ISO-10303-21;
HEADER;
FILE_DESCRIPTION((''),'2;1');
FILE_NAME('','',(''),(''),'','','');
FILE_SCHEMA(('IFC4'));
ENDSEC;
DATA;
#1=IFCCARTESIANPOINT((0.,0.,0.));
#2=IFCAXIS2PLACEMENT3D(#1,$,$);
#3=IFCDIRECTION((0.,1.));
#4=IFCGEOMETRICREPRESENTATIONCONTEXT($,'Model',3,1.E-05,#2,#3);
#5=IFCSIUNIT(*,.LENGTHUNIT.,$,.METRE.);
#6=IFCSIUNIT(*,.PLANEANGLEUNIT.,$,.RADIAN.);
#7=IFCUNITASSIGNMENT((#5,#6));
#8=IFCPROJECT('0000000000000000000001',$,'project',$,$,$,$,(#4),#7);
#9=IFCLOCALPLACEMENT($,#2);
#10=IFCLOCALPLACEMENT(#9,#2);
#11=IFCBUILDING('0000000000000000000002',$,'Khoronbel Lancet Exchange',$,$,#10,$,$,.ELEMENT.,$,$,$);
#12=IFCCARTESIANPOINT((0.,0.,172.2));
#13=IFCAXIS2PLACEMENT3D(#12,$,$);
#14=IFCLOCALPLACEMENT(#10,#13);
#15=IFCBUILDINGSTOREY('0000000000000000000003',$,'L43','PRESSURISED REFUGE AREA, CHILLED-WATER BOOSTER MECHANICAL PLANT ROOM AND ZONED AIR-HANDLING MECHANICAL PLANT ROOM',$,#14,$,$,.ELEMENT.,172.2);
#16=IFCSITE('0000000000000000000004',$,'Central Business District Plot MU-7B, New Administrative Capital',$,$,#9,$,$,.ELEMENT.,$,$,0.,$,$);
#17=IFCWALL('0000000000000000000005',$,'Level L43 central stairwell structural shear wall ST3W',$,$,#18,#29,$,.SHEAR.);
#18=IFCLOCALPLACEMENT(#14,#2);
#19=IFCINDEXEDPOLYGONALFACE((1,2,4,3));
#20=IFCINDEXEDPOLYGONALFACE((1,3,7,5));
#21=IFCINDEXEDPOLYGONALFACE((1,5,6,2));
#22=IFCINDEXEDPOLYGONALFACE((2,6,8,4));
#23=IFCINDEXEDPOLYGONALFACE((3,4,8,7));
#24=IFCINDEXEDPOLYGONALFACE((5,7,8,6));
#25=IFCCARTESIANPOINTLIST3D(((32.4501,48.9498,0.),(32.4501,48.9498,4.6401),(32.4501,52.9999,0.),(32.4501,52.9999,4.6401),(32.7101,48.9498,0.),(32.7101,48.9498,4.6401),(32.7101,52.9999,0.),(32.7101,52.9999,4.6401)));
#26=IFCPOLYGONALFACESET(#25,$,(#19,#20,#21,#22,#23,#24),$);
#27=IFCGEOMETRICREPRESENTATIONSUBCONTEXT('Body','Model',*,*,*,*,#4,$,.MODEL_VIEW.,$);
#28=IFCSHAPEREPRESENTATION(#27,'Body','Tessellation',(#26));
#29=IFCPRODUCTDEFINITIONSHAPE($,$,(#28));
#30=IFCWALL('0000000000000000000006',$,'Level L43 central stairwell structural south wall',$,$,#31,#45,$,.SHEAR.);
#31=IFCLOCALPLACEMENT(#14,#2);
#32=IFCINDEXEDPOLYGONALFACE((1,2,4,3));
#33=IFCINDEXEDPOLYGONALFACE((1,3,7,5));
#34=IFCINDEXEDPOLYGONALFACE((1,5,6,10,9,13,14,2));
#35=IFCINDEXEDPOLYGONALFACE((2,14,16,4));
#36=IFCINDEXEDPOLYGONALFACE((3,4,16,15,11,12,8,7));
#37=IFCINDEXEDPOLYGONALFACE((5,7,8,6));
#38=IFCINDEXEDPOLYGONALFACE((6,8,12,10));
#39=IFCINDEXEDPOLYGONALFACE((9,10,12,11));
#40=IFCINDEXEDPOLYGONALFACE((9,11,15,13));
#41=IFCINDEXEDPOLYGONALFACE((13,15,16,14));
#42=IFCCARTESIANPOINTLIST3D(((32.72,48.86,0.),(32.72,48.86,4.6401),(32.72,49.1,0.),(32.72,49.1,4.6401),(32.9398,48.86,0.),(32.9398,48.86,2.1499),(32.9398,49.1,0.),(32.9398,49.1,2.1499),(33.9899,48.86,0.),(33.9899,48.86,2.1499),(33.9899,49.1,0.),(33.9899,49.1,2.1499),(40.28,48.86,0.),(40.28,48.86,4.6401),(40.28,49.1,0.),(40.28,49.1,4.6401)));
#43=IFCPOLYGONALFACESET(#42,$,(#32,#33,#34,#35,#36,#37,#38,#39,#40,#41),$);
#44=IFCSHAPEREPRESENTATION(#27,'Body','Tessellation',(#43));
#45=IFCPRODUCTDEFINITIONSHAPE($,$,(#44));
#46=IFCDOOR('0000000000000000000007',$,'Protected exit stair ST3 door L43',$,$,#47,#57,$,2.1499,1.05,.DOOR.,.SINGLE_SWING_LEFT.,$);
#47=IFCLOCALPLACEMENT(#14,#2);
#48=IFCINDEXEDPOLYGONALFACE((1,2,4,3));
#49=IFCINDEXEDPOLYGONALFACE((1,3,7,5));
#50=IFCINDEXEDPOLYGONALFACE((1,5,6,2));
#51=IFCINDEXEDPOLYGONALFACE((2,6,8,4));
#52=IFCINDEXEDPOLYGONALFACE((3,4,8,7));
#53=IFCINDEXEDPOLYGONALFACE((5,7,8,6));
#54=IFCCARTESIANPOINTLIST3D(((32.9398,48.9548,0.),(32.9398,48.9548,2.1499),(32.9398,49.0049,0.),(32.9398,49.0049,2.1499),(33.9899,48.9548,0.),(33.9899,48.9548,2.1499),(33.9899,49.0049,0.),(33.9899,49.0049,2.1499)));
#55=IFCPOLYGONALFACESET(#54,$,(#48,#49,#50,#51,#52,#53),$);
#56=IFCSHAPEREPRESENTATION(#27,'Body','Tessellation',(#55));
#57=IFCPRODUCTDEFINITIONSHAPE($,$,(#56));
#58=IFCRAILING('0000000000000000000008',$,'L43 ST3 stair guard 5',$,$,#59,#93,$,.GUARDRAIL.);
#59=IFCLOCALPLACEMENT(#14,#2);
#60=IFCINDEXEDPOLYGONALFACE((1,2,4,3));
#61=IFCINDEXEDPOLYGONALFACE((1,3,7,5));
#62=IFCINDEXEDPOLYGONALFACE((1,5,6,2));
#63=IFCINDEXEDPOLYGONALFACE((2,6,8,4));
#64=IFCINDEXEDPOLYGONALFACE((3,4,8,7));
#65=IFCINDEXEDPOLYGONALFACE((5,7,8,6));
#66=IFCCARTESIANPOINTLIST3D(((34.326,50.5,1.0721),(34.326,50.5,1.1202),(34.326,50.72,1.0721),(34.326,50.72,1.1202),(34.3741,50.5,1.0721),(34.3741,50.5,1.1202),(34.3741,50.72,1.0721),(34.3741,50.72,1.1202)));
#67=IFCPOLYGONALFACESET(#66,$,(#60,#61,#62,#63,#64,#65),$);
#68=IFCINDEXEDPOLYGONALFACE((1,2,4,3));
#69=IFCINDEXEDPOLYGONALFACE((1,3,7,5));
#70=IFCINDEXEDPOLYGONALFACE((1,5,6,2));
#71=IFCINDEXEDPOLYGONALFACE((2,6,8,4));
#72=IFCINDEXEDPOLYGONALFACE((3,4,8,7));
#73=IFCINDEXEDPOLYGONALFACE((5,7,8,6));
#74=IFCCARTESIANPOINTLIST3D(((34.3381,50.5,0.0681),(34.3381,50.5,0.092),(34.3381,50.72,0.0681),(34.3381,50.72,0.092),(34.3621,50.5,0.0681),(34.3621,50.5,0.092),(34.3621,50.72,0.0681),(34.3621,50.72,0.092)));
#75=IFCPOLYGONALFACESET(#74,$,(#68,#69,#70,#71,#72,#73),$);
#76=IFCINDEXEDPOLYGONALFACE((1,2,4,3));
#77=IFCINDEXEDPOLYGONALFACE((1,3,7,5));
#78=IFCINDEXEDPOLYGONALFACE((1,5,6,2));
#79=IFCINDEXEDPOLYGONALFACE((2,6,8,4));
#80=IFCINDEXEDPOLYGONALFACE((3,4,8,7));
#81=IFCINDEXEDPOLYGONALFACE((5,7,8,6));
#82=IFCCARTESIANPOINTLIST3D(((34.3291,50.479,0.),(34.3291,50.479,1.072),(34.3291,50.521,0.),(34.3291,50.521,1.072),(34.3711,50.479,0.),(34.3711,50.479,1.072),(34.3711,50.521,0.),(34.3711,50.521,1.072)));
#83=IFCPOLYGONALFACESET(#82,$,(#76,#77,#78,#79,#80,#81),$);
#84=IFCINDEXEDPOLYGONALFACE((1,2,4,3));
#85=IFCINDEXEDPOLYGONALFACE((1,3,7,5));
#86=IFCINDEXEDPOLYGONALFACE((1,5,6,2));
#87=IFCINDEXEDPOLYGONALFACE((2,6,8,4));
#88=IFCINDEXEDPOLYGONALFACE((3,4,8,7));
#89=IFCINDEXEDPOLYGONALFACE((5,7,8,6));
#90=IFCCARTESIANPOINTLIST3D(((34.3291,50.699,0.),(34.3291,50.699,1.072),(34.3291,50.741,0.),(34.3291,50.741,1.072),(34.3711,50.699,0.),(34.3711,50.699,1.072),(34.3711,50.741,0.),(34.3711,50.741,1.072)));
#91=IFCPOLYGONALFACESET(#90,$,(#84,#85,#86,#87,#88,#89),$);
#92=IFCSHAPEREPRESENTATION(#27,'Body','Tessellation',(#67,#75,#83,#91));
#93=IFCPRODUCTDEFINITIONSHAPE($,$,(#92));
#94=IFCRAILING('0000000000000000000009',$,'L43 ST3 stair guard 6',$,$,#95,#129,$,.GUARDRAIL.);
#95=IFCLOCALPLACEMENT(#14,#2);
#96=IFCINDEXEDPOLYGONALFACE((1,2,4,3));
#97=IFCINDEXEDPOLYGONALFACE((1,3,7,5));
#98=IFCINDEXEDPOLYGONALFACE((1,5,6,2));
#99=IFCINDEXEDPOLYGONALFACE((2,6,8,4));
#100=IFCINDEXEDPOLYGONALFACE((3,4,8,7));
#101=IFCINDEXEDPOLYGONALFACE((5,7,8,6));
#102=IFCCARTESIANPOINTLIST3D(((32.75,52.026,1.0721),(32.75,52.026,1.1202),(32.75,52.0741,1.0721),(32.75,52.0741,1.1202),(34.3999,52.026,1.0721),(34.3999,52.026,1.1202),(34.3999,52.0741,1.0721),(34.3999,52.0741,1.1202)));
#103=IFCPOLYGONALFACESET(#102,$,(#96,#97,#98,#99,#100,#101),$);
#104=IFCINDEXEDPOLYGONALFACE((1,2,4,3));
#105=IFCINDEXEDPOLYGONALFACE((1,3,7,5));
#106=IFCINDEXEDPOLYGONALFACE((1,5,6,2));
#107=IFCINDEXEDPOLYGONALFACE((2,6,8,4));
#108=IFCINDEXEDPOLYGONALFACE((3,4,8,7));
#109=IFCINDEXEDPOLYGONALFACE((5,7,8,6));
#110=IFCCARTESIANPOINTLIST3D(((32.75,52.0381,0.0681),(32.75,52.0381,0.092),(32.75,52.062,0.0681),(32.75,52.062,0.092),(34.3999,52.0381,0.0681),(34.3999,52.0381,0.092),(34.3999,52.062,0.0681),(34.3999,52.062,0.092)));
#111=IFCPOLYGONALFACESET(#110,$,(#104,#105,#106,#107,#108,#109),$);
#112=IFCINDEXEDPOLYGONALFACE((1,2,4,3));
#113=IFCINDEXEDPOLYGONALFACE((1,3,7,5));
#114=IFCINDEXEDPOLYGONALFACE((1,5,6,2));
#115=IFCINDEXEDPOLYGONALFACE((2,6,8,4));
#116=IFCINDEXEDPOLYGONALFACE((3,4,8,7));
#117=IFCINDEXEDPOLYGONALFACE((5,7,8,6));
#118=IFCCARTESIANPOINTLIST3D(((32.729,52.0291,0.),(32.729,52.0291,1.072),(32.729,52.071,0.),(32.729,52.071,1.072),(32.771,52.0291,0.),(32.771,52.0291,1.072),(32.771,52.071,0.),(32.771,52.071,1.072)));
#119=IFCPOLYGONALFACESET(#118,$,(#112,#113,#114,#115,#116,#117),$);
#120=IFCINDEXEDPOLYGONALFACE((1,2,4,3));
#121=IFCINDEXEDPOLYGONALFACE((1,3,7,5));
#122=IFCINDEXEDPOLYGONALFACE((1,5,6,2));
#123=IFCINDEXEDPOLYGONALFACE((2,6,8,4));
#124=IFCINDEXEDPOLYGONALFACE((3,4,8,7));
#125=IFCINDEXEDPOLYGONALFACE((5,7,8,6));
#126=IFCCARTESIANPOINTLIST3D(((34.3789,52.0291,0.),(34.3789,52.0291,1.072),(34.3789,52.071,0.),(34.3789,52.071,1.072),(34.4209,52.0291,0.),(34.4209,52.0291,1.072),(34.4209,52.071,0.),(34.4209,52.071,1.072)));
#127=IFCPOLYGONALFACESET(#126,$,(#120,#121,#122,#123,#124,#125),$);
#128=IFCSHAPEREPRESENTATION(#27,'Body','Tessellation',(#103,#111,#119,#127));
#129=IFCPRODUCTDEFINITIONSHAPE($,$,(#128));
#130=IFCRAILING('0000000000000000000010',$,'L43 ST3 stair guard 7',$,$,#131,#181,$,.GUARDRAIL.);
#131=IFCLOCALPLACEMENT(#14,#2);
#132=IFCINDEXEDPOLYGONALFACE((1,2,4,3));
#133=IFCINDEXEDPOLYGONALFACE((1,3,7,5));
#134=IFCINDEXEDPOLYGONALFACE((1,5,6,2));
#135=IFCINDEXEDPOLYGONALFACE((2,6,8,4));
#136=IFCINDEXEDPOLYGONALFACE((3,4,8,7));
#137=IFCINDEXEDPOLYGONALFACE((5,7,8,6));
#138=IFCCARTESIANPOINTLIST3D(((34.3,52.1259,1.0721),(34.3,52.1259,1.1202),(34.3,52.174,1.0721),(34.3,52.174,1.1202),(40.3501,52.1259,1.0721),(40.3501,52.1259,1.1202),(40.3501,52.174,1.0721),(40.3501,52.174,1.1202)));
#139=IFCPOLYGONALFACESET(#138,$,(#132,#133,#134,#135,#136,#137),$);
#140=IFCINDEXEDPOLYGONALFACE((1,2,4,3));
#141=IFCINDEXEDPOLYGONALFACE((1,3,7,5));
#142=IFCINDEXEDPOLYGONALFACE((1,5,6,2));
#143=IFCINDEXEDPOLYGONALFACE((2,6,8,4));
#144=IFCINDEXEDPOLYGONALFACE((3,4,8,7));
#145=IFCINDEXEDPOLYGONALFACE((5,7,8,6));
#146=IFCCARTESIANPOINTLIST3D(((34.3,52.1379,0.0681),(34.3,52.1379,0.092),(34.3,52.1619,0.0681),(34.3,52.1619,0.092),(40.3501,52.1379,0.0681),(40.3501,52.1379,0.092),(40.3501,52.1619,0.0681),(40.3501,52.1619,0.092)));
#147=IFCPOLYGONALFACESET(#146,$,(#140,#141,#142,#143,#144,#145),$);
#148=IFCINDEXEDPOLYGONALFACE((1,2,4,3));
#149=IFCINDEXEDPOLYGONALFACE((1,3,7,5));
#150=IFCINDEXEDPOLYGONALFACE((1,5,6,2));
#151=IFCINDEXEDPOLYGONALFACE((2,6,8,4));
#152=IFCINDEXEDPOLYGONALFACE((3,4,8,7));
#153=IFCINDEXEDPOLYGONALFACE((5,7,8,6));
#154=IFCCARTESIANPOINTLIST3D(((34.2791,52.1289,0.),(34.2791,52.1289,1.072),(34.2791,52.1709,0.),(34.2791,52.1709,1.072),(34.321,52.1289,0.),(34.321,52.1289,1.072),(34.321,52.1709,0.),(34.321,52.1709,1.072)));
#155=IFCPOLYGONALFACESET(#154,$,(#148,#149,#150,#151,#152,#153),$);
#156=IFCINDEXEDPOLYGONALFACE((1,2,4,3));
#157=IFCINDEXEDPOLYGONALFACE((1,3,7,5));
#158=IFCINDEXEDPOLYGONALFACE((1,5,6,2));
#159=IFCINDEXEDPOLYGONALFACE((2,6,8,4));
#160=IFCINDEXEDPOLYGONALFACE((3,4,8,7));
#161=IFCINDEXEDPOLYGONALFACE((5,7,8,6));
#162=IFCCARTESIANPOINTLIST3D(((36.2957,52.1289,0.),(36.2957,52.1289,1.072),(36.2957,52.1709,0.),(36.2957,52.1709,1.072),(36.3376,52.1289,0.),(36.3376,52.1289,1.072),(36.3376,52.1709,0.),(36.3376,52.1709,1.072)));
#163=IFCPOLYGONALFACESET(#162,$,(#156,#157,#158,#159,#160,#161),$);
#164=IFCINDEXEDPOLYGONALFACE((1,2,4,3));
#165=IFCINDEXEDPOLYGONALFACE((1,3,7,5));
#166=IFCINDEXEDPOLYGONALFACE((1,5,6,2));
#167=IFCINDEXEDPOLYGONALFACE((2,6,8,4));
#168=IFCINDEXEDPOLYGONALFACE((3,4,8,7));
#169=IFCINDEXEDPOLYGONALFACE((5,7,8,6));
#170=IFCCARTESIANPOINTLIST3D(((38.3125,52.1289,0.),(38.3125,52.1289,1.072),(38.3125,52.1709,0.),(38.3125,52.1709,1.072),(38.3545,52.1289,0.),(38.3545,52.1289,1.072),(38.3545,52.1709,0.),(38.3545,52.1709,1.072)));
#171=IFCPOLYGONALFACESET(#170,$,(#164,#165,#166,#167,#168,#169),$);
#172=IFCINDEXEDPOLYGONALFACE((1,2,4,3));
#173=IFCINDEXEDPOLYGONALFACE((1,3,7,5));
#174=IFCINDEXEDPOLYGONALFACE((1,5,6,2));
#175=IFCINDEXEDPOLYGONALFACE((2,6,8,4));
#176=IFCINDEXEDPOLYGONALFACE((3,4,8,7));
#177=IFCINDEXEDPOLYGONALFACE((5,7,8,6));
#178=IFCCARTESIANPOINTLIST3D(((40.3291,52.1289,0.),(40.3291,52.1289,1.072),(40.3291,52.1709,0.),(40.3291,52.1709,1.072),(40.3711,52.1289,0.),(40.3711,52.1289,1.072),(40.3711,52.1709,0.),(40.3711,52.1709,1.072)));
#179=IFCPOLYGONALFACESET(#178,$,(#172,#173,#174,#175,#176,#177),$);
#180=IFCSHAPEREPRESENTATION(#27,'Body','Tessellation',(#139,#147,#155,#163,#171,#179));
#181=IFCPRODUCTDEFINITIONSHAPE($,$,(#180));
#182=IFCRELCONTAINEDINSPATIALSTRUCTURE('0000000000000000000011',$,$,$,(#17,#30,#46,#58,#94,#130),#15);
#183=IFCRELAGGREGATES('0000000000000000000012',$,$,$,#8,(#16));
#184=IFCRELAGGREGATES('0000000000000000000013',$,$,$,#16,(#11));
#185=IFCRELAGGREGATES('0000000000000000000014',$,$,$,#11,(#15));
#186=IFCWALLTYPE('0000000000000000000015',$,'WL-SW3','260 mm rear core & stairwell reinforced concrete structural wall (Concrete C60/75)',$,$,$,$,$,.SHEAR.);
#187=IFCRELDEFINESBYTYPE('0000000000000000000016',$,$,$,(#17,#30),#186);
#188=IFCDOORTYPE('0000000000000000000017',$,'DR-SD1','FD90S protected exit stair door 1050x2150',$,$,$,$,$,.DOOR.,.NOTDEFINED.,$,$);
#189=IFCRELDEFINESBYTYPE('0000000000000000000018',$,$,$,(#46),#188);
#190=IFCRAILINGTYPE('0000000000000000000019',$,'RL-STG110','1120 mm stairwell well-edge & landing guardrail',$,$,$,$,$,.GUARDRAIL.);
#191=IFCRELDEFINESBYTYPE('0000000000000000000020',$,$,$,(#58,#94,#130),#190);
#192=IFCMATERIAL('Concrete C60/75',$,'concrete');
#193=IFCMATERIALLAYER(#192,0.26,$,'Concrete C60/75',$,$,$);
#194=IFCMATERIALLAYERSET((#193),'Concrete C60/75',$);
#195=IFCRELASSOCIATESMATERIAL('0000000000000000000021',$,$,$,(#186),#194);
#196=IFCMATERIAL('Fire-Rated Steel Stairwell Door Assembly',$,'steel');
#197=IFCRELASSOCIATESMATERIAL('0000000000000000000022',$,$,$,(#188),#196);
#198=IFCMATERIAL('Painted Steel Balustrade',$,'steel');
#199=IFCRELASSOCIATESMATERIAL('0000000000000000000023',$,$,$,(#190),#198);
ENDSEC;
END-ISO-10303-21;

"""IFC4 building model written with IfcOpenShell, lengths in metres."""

from ifc_helpers import new_model, si_unit, direction, frame, frame_2d, origin, origin_2d, place, context, subcontext, project, spatial, rectangle, extrude, material, layer, layer_set, type_object, element, fill, save


model = new_model("IFC4")

# Units and contexts
model_context = context("Model", 3, precision=1e-05, world=origin(), true_north=direction((0.0, 1.0)))
body_context = subcontext(model_context, "Body", "Model", "MODEL_VIEW")
ifc_project = project(units=[si_unit("LENGTHUNIT", "METRE"), si_unit("PLANEANGLEUNIT", "RADIAN")], contexts=[model_context])

# Site, building, storey
site_placement = place(None, origin())
site = spatial("IfcSite", under=ifc_project, at=site_placement, Name="Central Business District Plot MU-7B, New Administrative Capital", CompositionType="ELEMENT", RefElevation=0.0)
building_placement = place(site_placement, origin())
building = spatial("IfcBuilding", under=site, at=building_placement, Name="Khoronbel Lancet Exchange", CompositionType="ELEMENT")
storey_placement = place(building_placement, frame((0.0, 0.0, 172.2)))
storey = spatial("IfcBuildingStorey", under=building, at=storey_placement, Name="L43", Description="PRESSURISED REFUGE AREA, CHILLED-WATER BOOSTER MECHANICAL PLANT ROOM AND ZONED AIR-HANDLING MECHANICAL PLANT ROOM", CompositionType="ELEMENT", Elevation=172.2)

# Wall
ifc_material_1 = material(Name="Concrete C60/75", Category="concrete")
ifc_layer_1 = layer(ifc_material_1, 0.26, Name="Concrete C60/75")
ifc_layer_set_1 = layer_set([ifc_layer_1], Name="Concrete C60/75")
wall_type_1 = type_object("IfcWallType", Name="WL-SW3", Description="260 mm rear core & stairwell reinforced concrete structural wall (Concrete C60/75)", PredefinedType="SHEAR", material=ifc_layer_set_1)
wall_1_placement = place(storey_placement, frame((32.5801, 48.95, 0.0), z_axis=(0.0, 0.0, 1.0), x_axis=(0.0, 1.0, 0.0)))
element("IfcWall", 1, at=wall_1_placement, inside=storey, type_object=wall_type_1, Name="Level L43 central stairwell structural shear wall ST3W", PredefinedType="SHEAR", context=body_context, shape_type="SweptSolid", body=[
    extrude(rectangle(XDim=4.05, YDim=0.26, at=frame_2d((2.0249, 0.0))), origin(), (0.0, 0.0, 1.0), 4.6401),
])

# Wall, opening, door
wall_2_placement = place(storey_placement, frame((32.72, 48.98, 0.0), z_axis=(0.0, 0.0, 1.0), x_axis=(1.0, 0.0, 0.0)))
wall_2 = element("IfcWall", 2, at=wall_2_placement, inside=storey, type_object=wall_type_1, Name="Level L43 central stairwell structural south wall", PredefinedType="SHEAR", context=body_context, shape_type="SweptSolid", body=[
    extrude(rectangle(XDim=7.5601, YDim=0.24, at=frame_2d((3.78, 0.0))), origin(), (0.0, 0.0, 1.0), 4.6401),
])
opening_1_placement = place(wall_2_placement, frame((0.22, 0.0, 0.0)))
opening_1 = element("IfcOpeningElement", 3, at=opening_1_placement, cuts=wall_2, PredefinedType="OPENING", context=body_context, shape_type="SweptSolid", body=[
    extrude(rectangle(XDim=1.05, YDim=2.1499, at=frame_2d((0.5249, 1.075))), frame((0.0, 0.1299, 0.0), z_axis=(0.0, -1.0, 0.0), x_axis=(1.0, 0.0, 0.0)), (0.0, 0.0, 1.0), 0.26),
])
ifc_material_2 = material(Name="Fire-Rated Steel Stairwell Door Assembly", Category="steel")
door_type_1 = type_object("IfcDoorType", Name="DR-SD1", Description="FD90S protected exit stair door 1050x2150", OperationType="NOTDEFINED", PredefinedType="DOOR", material=ifc_material_2)
door_1_placement = place(opening_1_placement, origin())
door_1 = element("IfcDoor", 4, at=door_1_placement, inside=storey, type_object=door_type_1, Name="Protected exit stair ST3 door L43", OperationType="SINGLE_SWING_LEFT", OverallHeight=2.1499, OverallWidth=1.05, PredefinedType="DOOR", context=body_context, shape_type="SweptSolid", body=[
    extrude(rectangle(XDim=1.05, YDim=2.1499, at=frame_2d((0.5249, 1.075))), frame((0.0, 0.0249, 0.0), z_axis=(0.0, -1.0, 0.0), x_axis=(1.0, 0.0, 0.0)), (0.0, 0.0, 1.0), 0.05),
])
fill(opening_1, door_1)

# Railings
ifc_material_3 = material(Name="Painted Steel Balustrade", Category="steel")
railing_type = type_object("IfcRailingType", Name="RL-STG110", Description="1120 mm stairwell well-edge & landing guardrail", PredefinedType="GUARDRAIL", material=ifc_material_3)
railing_1_placement = place(storey_placement, frame((34.3501, 50.5, 0.0)))
element("IfcRailing", 5, at=railing_1_placement, inside=storey, type_object=railing_type, Name="L43 ST3 stair guard 5", PredefinedType="GUARDRAIL", context=body_context, shape_type="SweptSolid", body=[
    extrude(rectangle(XDim=0.0481, YDim=0.0481, at=origin_2d()), frame((0.0, 0.0, 1.0962), z_axis=(0.0, 1.0, 0.0), x_axis=(-1.0, 0.0, 0.0)), (0.0, 0.0, 1.0), 0.22),
    extrude(rectangle(XDim=0.0239, YDim=0.0239, at=origin_2d()), frame((0.0, 0.0, 0.0801), z_axis=(0.0, 1.0, 0.0), x_axis=(-1.0, 0.0, 0.0)), (0.0, 0.0, 1.0), 0.22),
    extrude(rectangle(XDim=0.042, YDim=0.042, at=origin_2d()), origin(), (0.0, 0.0, 1.0), 1.072),
    extrude(rectangle(XDim=0.042, YDim=0.042, at=origin_2d()), frame((0.0, 0.22, 0.0)), (0.0, 0.0, 1.0), 1.072),
])
railing_2_placement = place(storey_placement, frame((32.75, 52.05, 0.0)))
element("IfcRailing", 6, at=railing_2_placement, inside=storey, type_object=railing_type, Name="L43 ST3 stair guard 6", PredefinedType="GUARDRAIL", context=body_context, shape_type="SweptSolid", body=[
    extrude(rectangle(XDim=0.0481, YDim=0.0481, at=origin_2d()), frame((0.0, 0.0, 1.0962), z_axis=(1.0, 0.0, 0.0), x_axis=(0.0, 1.0, 0.0)), (0.0, 0.0, 1.0), 1.6499),
    extrude(rectangle(XDim=0.0239, YDim=0.0239, at=origin_2d()), frame((0.0, 0.0, 0.0801), z_axis=(1.0, 0.0, 0.0), x_axis=(0.0, 1.0, 0.0)), (0.0, 0.0, 1.0), 1.6499),
    extrude(rectangle(XDim=0.042, YDim=0.042, at=origin_2d()), origin(), (0.0, 0.0, 1.0), 1.072),
    extrude(rectangle(XDim=0.042, YDim=0.042, at=origin_2d()), frame((1.6499, 0.0, 0.0)), (0.0, 0.0, 1.0), 1.072),
])
railing_3_placement = place(storey_placement, frame((34.3, 52.1499, 0.0)))
element("IfcRailing", 7, at=railing_3_placement, inside=storey, type_object=railing_type, Name="L43 ST3 stair guard 7", PredefinedType="GUARDRAIL", context=body_context, shape_type="SweptSolid", body=[
    extrude(rectangle(XDim=0.0481, YDim=0.0481, at=origin_2d()), frame((0.0, 0.0, 1.0962), z_axis=(1.0, 0.0, 0.0), x_axis=(0.0, 1.0, 0.0)), (0.0, 0.0, 1.0), 6.05),
    extrude(rectangle(XDim=0.0239, YDim=0.0239, at=origin_2d()), frame((0.0, 0.0, 0.0801), z_axis=(1.0, 0.0, 0.0), x_axis=(0.0, 1.0, 0.0)), (0.0, 0.0, 1.0), 6.05),
    extrude(rectangle(XDim=0.042, YDim=0.042, at=origin_2d()), origin(), (0.0, 0.0, 1.0), 1.072),
    extrude(rectangle(XDim=0.042, YDim=0.042, at=origin_2d()), frame((2.0166, 0.0, 0.0)), (0.0, 0.0, 1.0), 1.072),
    extrude(rectangle(XDim=0.042, YDim=0.042, at=origin_2d()), frame((4.0334, 0.0, 0.0)), (0.0, 0.0, 1.0), 1.072),
    extrude(rectangle(XDim=0.042, YDim=0.042, at=origin_2d()), frame((6.05, 0.0, 0.0)), (0.0, 0.0, 1.0), 1.072),
])

save(model, "model.ifc")
